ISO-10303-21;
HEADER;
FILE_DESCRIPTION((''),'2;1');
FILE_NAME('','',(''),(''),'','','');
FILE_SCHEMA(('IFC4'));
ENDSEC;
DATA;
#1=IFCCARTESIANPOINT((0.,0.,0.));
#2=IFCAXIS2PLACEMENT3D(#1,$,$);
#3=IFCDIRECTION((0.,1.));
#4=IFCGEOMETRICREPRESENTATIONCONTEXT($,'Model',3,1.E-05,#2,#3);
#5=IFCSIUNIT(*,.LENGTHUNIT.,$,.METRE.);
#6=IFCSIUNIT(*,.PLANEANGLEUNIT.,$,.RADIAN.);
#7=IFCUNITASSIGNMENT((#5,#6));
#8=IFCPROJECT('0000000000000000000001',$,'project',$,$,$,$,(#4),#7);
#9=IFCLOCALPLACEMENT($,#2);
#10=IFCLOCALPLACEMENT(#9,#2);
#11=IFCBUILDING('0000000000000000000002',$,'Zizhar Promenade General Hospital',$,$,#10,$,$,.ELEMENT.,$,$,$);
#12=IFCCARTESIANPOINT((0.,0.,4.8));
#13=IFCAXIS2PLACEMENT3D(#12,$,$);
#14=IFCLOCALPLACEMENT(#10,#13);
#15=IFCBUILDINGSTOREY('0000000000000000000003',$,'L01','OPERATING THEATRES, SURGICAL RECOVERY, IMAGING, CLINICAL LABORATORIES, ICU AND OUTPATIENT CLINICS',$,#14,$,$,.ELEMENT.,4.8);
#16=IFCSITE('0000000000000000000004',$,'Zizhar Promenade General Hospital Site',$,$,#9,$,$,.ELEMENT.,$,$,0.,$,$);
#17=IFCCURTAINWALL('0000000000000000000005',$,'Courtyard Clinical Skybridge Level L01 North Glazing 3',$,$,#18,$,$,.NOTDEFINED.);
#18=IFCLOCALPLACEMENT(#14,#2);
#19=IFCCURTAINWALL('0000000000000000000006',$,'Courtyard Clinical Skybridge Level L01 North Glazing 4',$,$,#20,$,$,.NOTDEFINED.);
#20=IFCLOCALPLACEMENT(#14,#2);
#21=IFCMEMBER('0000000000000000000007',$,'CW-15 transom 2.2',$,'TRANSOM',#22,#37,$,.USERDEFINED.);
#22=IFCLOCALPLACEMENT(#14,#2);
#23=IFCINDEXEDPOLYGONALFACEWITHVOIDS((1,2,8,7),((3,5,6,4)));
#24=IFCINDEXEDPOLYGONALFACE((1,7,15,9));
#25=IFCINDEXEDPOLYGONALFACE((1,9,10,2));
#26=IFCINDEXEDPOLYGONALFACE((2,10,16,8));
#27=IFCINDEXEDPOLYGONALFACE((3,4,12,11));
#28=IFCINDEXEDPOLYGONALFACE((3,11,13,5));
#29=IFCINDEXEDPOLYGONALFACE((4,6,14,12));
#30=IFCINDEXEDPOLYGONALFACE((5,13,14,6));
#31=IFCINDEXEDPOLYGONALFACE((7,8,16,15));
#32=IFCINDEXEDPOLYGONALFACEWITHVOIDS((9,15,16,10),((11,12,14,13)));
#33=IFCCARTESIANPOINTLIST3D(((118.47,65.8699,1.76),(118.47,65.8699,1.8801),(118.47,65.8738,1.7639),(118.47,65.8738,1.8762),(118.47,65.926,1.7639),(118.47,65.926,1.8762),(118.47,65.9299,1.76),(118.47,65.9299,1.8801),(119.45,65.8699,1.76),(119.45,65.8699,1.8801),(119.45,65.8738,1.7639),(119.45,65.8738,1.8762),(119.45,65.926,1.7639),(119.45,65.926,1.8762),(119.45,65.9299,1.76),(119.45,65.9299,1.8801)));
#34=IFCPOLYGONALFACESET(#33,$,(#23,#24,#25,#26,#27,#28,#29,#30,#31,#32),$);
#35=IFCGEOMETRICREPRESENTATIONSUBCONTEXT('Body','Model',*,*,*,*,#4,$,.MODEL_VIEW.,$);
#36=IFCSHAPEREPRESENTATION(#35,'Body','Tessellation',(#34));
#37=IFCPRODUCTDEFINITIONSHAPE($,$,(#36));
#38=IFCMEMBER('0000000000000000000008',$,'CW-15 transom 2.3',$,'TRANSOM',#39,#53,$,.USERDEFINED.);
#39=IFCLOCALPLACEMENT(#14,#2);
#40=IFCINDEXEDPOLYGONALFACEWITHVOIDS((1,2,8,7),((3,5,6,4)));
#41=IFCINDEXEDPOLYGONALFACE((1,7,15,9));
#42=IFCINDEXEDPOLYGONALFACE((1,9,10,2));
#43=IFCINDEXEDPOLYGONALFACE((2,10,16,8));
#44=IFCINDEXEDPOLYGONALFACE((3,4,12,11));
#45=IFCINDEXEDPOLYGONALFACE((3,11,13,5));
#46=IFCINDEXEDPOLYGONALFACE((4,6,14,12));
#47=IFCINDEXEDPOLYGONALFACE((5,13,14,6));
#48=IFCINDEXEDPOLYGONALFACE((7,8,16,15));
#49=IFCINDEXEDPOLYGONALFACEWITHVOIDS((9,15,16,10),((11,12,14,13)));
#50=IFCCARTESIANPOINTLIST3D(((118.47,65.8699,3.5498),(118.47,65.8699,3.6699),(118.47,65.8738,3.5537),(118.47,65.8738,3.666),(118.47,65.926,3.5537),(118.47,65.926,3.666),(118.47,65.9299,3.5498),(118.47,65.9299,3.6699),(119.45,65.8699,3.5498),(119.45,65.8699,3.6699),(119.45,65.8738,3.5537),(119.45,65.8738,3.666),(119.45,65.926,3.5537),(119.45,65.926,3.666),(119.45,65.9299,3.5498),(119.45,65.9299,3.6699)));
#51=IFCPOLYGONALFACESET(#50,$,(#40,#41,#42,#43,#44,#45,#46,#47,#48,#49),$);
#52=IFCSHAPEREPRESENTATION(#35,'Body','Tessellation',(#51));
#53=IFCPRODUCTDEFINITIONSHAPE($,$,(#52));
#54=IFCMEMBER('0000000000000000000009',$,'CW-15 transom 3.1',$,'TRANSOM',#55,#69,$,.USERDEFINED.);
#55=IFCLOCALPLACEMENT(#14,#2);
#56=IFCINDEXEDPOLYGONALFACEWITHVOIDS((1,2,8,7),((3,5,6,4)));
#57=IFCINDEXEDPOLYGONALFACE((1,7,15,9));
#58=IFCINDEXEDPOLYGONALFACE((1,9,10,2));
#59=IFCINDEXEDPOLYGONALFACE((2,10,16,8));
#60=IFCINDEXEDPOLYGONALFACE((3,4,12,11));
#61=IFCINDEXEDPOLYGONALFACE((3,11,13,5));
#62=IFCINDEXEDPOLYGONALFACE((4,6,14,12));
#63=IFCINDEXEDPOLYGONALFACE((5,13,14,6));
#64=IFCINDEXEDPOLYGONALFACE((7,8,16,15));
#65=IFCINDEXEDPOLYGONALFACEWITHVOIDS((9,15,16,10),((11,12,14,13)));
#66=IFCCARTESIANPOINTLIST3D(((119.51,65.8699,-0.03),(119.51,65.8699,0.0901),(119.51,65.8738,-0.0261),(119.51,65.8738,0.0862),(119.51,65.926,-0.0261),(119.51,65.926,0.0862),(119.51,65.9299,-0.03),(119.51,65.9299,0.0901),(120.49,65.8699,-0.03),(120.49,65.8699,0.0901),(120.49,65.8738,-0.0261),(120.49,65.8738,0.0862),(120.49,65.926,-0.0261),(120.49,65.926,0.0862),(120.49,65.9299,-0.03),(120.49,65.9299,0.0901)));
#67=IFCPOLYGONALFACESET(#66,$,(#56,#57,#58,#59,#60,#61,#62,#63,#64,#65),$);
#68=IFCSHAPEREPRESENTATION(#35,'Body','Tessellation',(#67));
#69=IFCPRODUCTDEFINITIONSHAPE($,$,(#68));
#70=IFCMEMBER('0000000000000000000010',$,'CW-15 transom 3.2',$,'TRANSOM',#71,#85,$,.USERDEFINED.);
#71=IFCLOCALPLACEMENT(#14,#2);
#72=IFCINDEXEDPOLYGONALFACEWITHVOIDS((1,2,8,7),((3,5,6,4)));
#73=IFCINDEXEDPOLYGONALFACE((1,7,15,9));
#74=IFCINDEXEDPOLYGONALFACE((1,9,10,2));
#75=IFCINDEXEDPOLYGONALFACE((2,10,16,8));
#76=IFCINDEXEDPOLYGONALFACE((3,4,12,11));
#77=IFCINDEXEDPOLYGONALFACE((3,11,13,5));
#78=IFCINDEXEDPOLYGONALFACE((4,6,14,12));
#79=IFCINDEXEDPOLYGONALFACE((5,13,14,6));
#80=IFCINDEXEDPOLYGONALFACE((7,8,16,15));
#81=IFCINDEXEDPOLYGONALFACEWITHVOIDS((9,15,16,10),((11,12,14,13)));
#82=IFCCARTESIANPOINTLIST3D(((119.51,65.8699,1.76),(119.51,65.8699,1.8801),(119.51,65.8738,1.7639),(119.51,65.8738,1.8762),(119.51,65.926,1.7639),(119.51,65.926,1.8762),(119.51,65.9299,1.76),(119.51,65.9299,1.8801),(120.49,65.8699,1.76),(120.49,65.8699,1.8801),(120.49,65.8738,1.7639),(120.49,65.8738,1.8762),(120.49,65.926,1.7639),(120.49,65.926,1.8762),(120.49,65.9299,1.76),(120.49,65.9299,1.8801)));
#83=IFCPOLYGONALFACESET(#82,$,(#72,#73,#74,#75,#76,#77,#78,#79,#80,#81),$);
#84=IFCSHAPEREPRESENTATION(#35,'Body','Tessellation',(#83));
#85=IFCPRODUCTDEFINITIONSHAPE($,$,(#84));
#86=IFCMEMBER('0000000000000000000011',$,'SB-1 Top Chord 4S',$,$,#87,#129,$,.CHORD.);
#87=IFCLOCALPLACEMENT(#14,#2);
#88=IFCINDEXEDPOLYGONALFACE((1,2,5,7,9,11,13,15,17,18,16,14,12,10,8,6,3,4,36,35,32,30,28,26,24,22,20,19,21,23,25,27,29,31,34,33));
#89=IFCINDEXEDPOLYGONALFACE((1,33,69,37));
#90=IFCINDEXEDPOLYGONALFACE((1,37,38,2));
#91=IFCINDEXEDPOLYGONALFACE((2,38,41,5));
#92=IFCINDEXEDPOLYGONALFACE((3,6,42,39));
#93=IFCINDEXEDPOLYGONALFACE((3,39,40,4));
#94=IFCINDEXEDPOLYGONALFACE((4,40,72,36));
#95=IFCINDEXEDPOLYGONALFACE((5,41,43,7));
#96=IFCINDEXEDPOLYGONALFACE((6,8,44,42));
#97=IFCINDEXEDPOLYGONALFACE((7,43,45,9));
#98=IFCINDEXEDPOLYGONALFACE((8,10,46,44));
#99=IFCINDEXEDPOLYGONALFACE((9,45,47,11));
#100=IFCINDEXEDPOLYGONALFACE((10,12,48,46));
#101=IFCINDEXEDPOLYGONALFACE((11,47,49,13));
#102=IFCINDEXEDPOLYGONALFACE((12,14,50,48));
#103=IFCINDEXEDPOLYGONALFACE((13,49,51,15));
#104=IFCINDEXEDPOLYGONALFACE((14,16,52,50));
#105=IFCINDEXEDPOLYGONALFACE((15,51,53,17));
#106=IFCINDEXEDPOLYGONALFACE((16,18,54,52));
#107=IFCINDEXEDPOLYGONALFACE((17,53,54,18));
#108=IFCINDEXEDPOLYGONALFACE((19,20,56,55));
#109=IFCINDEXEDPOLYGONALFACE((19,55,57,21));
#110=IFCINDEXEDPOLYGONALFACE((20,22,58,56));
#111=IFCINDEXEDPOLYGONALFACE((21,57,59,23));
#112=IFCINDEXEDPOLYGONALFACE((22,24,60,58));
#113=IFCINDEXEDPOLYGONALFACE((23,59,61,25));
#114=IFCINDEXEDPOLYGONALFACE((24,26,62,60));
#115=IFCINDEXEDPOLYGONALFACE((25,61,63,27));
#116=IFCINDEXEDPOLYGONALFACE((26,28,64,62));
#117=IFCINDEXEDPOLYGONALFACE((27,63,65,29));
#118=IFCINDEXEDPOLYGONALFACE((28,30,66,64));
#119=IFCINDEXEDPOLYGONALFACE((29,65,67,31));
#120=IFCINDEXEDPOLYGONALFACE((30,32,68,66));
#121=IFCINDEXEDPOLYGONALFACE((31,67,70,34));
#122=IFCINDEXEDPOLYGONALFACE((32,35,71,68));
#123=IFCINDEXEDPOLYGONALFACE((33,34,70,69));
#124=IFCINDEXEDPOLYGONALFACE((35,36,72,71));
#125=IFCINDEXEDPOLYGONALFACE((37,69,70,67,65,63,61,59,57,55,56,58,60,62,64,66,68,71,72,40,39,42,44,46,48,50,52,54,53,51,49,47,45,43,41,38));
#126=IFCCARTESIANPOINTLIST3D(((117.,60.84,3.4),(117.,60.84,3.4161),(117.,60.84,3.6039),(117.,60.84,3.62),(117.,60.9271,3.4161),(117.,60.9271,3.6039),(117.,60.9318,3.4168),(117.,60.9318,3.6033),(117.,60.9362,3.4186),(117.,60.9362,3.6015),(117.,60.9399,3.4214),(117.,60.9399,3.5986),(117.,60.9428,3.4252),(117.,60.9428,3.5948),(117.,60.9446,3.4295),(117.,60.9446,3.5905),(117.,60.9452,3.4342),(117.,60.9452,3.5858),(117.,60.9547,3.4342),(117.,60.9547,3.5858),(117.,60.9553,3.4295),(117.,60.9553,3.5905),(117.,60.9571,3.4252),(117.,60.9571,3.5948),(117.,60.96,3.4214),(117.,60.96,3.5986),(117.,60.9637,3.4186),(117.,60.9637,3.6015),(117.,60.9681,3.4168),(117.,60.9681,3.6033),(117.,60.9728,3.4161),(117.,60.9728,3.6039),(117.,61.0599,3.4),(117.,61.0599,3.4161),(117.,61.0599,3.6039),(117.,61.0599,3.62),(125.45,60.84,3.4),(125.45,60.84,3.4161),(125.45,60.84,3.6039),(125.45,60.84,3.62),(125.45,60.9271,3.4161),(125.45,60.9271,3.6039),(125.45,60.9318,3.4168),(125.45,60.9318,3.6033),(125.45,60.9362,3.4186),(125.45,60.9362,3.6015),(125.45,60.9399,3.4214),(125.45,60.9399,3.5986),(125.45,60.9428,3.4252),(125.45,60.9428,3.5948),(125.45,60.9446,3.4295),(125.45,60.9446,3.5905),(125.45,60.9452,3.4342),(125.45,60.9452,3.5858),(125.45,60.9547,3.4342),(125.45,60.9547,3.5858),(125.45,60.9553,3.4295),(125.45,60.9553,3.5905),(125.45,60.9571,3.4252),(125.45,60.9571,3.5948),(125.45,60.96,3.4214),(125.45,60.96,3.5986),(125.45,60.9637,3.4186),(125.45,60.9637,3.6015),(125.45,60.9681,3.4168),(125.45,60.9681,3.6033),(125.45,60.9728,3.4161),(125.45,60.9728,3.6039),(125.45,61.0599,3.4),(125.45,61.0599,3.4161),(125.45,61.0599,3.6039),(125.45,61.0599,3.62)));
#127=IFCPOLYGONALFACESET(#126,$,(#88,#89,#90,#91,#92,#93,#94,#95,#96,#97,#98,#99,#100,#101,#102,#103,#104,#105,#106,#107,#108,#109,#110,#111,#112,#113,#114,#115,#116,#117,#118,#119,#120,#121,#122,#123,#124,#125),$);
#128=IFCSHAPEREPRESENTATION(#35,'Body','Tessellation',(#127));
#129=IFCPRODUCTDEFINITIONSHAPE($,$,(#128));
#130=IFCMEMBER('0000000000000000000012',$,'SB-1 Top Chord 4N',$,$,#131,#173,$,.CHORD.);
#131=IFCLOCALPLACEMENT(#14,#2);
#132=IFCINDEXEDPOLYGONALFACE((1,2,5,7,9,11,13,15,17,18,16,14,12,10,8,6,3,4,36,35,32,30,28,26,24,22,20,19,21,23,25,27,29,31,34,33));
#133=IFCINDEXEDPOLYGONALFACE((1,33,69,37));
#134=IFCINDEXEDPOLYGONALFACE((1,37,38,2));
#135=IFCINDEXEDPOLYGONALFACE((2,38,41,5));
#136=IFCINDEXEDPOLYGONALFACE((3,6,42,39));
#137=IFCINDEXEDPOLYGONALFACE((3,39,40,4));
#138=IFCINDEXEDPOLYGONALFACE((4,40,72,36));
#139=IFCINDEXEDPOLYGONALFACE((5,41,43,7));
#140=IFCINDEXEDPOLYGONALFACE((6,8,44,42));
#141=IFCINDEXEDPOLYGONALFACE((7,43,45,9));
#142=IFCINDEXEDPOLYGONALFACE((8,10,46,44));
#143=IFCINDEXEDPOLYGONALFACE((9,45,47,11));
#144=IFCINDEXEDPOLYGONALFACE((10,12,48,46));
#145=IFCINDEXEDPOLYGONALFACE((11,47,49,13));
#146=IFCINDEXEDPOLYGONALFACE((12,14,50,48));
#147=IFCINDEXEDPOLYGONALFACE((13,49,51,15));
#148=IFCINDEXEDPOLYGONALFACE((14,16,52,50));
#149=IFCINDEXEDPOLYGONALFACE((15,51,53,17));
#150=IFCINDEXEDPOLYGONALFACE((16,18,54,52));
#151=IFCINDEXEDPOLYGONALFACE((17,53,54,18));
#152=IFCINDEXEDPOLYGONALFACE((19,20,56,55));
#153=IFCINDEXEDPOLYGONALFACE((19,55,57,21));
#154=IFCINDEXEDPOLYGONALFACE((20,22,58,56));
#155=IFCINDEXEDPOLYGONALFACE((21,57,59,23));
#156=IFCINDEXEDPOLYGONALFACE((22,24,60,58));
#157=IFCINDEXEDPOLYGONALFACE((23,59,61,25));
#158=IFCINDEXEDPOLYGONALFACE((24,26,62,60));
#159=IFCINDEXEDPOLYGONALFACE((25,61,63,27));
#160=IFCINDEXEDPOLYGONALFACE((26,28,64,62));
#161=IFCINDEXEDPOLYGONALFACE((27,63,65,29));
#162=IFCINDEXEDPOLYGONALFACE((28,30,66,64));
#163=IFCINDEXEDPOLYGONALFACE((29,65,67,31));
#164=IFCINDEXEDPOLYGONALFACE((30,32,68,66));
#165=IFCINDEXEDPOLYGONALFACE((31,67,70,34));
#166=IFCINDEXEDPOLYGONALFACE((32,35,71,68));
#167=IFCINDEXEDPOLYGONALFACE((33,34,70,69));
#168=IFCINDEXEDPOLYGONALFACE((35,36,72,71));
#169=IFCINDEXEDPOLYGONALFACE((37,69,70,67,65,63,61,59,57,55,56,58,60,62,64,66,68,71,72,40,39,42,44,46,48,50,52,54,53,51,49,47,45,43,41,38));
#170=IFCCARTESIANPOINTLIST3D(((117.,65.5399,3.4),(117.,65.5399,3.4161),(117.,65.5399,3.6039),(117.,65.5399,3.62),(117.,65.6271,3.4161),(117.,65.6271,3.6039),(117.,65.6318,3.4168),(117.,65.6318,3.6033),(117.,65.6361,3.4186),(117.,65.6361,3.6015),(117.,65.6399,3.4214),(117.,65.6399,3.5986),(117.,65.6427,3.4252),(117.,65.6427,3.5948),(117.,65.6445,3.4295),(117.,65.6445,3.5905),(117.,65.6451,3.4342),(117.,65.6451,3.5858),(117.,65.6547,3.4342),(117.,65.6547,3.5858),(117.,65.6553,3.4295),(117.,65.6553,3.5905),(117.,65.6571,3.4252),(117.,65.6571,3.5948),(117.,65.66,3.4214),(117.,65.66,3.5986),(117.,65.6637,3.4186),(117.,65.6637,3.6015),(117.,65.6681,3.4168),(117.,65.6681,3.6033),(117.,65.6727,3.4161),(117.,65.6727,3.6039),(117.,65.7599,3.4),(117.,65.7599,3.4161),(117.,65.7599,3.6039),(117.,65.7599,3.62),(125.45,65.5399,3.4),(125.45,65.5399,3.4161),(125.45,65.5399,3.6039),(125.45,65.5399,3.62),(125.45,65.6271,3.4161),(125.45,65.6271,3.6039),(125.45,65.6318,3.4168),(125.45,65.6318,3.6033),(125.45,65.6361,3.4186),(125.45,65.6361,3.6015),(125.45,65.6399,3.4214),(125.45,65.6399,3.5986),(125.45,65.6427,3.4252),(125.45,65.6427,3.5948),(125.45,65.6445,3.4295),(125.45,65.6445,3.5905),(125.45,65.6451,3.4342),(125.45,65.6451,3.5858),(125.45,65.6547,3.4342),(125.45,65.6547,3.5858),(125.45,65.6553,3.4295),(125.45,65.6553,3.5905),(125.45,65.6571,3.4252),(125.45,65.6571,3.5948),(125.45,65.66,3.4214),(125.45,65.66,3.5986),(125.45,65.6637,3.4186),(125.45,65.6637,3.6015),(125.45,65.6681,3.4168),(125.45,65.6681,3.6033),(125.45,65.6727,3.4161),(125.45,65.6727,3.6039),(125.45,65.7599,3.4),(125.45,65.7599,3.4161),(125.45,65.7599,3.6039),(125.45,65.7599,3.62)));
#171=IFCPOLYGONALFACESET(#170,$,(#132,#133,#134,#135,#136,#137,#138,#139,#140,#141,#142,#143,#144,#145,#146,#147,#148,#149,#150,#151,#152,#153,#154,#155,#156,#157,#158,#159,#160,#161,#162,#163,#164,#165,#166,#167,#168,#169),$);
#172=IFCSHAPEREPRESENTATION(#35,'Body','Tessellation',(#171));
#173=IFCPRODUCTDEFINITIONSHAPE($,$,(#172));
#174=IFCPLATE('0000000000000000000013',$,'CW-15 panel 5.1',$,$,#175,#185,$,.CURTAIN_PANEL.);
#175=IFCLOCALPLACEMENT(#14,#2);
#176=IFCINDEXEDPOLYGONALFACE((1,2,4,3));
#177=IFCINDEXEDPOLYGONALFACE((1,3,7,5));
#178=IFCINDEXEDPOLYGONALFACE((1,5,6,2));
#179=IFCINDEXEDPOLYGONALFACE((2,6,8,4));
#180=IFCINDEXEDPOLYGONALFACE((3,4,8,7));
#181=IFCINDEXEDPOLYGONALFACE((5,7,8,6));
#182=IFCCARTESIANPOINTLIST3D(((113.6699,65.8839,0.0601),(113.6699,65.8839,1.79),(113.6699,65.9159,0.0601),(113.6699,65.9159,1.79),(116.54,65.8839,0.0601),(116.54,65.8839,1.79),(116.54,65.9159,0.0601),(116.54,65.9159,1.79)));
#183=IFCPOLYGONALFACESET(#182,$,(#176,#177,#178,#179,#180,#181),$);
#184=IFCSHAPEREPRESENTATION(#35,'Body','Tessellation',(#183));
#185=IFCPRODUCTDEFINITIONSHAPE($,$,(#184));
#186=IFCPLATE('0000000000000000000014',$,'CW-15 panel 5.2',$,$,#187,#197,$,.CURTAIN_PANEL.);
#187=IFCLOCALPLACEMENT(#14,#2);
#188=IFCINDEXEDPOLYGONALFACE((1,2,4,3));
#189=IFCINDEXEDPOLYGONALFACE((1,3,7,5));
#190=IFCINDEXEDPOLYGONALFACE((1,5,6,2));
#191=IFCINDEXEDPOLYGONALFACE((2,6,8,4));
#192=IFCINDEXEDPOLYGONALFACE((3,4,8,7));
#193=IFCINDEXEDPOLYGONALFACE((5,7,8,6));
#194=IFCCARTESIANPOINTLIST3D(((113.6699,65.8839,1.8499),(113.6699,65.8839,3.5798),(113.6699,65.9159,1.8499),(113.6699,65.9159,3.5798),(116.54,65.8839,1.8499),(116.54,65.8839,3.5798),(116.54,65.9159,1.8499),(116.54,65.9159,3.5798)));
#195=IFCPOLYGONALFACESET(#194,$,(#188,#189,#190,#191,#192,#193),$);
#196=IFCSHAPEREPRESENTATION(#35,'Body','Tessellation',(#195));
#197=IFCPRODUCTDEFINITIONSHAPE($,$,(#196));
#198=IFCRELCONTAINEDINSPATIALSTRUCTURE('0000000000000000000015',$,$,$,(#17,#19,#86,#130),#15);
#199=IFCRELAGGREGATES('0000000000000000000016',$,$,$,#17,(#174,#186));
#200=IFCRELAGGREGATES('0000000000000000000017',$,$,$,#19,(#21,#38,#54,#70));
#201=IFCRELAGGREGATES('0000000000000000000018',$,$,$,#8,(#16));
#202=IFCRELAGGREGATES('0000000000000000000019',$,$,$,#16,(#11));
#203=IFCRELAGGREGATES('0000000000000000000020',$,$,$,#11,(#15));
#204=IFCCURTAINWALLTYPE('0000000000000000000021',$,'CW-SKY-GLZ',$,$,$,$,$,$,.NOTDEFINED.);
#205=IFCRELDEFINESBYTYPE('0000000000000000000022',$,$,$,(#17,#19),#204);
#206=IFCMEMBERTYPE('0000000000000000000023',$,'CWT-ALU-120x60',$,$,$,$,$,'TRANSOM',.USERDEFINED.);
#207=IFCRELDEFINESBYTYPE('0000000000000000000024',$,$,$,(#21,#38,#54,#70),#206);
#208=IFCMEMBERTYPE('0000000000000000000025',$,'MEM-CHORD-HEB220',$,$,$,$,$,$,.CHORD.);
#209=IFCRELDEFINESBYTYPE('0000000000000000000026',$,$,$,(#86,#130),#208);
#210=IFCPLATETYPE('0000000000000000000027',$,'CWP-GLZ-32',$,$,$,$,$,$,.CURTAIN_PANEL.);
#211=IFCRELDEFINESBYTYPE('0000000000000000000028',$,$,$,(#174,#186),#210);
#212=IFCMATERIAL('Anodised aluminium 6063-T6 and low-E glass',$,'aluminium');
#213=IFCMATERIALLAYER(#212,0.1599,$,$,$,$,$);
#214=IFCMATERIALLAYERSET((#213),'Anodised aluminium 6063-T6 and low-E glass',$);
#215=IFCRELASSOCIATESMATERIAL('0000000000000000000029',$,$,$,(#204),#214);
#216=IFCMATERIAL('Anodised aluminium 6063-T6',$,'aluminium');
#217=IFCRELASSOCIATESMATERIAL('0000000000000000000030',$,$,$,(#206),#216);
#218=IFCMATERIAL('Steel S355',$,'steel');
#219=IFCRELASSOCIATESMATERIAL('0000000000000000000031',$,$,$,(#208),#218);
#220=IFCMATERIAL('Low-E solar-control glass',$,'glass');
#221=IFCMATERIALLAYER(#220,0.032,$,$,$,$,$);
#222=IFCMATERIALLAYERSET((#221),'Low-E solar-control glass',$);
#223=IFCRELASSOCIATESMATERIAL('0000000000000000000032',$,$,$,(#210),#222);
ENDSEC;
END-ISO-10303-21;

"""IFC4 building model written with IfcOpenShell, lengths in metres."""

from ifc_helpers import new_model, si_unit, direction, frame, origin, origin_2d, place, context, subcontext, project, spatial, rectangle, hollow_rectangle, i_section, extrude, material, layer, layer_set, material_profile, profile_set, type_object, element, aggregate, save


model = new_model("IFC4")

# Units and contexts
model_context = context("Model", 3, precision=1e-05, world=origin(), true_north=direction((0.0, 1.0)))
body_context = subcontext(model_context, "Body", "Model", "MODEL_VIEW")
ifc_project = project(units=[si_unit("LENGTHUNIT", "METRE"), si_unit("PLANEANGLEUNIT", "RADIAN")], contexts=[model_context])

# Site, building, storey
site_placement = place(None, origin())
site = spatial("IfcSite", under=ifc_project, at=site_placement, Name="Zizhar Promenade General Hospital Site", CompositionType="ELEMENT", RefElevation=0.0)
building_placement = place(site_placement, origin())
building = spatial("IfcBuilding", under=site, at=building_placement, Name="Zizhar Promenade General Hospital", CompositionType="ELEMENT")
storey_placement = place(building_placement, frame((0.0, 0.0, 4.8)))
storey = spatial("IfcBuildingStorey", under=building, at=storey_placement, Name="L01", Description="OPERATING THEATRES, SURGICAL RECOVERY, IMAGING, CLINICAL LABORATORIES, ICU AND OUTPATIENT CLINICS", CompositionType="ELEMENT", Elevation=4.8)

# Curtain wall
ifc_material_1 = material(Name="Anodised aluminium 6063-T6 and low-E glass", Category="aluminium")
ifc_layer_1 = layer(ifc_material_1, 0.1599)
ifc_layer_set_1 = layer_set([ifc_layer_1], Name="Anodised aluminium 6063-T6 and low-E glass")
curtain_wall_type = type_object("IfcCurtainWallType", Name="CW-SKY-GLZ", PredefinedType="NOTDEFINED", material=ifc_layer_set_1)
curtain_wall_1_placement = place(storey_placement, origin())
curtain_wall_1 = element("IfcCurtainWall", 1, at=curtain_wall_1_placement, inside=storey, type_object=curtain_wall_type, Name="Courtyard Clinical Skybridge Level L01 North Glazing 3", PredefinedType="NOTDEFINED")

# Curtain wall, members
curtain_wall_2_placement = place(storey_placement, origin())
curtain_wall_2 = element("IfcCurtainWall", 2, at=curtain_wall_2_placement, inside=storey, type_object=curtain_wall_type, Name="Courtyard Clinical Skybridge Level L01 North Glazing 4", PredefinedType="NOTDEFINED")
ifc_material_2 = material(Name="Anodised aluminium 6063-T6", Category="aluminium")
ifc_material_profile_1 = material_profile(ifc_material_2, hollow_rectangle(XDim=0.0601, YDim=0.1201, WallThickness=0.0039, at=origin_2d()))
ifc_profile_set_1 = profile_set([ifc_material_profile_1], Name="Anodised aluminium 6063-T6")
member_type_1 = type_object("IfcMemberType", Name="CWT-ALU-120x60", ElementType="TRANSOM", PredefinedType="USERDEFINED", material=ifc_profile_set_1)
member_1_placement = place(storey_placement, frame((118.47, 65.8999, 1.8201), z_axis=(1.0, 0.0, 0.0), x_axis=(0.0, 1.0, 0.0)))
member_1 = element("IfcMember", 3, at=member_1_placement, type_object=member_type_1, Name="CW-15 transom 2.2", ObjectType="TRANSOM", PredefinedType="USERDEFINED", context=body_context, shape_type="SweptSolid", body=[
    extrude(hollow_rectangle(XDim=0.0601, YDim=0.1201, WallThickness=0.0039, at=origin_2d()), origin(), (0.0, 0.0, 1.0), 0.98),
])
member_2_placement = place(storey_placement, frame((118.47, 65.8999, 3.6099), z_axis=(1.0, 0.0, 0.0), x_axis=(0.0, 1.0, 0.0)))
member_2 = element("IfcMember", 4, at=member_2_placement, type_object=member_type_1, Name="CW-15 transom 2.3", ObjectType="TRANSOM", PredefinedType="USERDEFINED", context=body_context, shape_type="SweptSolid", body=[
    extrude(hollow_rectangle(XDim=0.0601, YDim=0.1201, WallThickness=0.0039, at=origin_2d()), origin(), (0.0, 0.0, 1.0), 0.98),
])
member_3_placement = place(storey_placement, frame((119.51, 65.8999, 0.03), z_axis=(1.0, 0.0, 0.0), x_axis=(0.0, 1.0, 0.0)))
member_3 = element("IfcMember", 5, at=member_3_placement, type_object=member_type_1, Name="CW-15 transom 3.1", ObjectType="TRANSOM", PredefinedType="USERDEFINED", context=body_context, shape_type="SweptSolid", body=[
    extrude(hollow_rectangle(XDim=0.0601, YDim=0.1201, WallThickness=0.0039, at=origin_2d()), origin(), (0.0, 0.0, 1.0), 0.98),
])
member_4_placement = place(storey_placement, frame((119.51, 65.8999, 1.8201), z_axis=(1.0, 0.0, 0.0), x_axis=(0.0, 1.0, 0.0)))
member_4 = element("IfcMember", 6, at=member_4_placement, type_object=member_type_1, Name="CW-15 transom 3.2", ObjectType="TRANSOM", PredefinedType="USERDEFINED", context=body_context, shape_type="SweptSolid", body=[
    extrude(hollow_rectangle(XDim=0.0601, YDim=0.1201, WallThickness=0.0039, at=origin_2d()), origin(), (0.0, 0.0, 1.0), 0.98),
])

# Members
ifc_material_3 = material(Name="Steel S355", Category="steel")
ifc_material_profile_2 = material_profile(ifc_material_3, i_section(OverallWidth=0.22, OverallDepth=0.22, WebThickness=0.0095, FlangeThickness=0.0161, FilletRadius=0.0181, at=origin_2d()))
ifc_profile_set_2 = profile_set([ifc_material_profile_2], Name="Steel S355")
member_type_2 = type_object("IfcMemberType", Name="MEM-CHORD-HEB220", PredefinedType="CHORD", material=ifc_profile_set_2)
for number, where, z_axis, x_axis, name in (
    (7, (117.0, 60.95, 3.51), (1.0, 0.0, 0.0), (0.0, 1.0, 0.0), "SB-1 Top Chord 4S"),
    (8, (117.0, 65.6499, 3.51), (1.0, 0.0, 0.0), (0.0, 1.0, 0.0), "SB-1 Top Chord 4N"),
):
    element("IfcMember", number, at=place(storey_placement, frame(where, z_axis=z_axis, x_axis=x_axis)), inside=storey, type_object=member_type_2, Name=name, PredefinedType="CHORD", context=body_context, shape_type="SweptSolid", body=[
        extrude(i_section(OverallWidth=0.22, OverallDepth=0.22, WebThickness=0.0095, FlangeThickness=0.0161, FilletRadius=0.0181, at=origin_2d()), origin(), (0.0, 0.0, 1.0), 8.45),
    ])

# Plates
ifc_material_4 = material(Name="Low-E solar-control glass", Category="glass")
ifc_layer_2 = layer(ifc_material_4, 0.032)
ifc_layer_set_2 = layer_set([ifc_layer_2], Name="Low-E solar-control glass")
plate_type = type_object("IfcPlateType", Name="CWP-GLZ-32", PredefinedType="CURTAIN_PANEL", material=ifc_layer_set_2)
plate_1_placement = place(storey_placement, frame((115.105, 65.8999, 0.0601), z_axis=(0.0, 0.0, 1.0), x_axis=(1.0, 0.0, 0.0)))
plate_1 = element("IfcPlate", 9, at=plate_1_placement, type_object=plate_type, Name="CW-15 panel 5.1", PredefinedType="CURTAIN_PANEL", context=body_context, shape_type="SweptSolid", body=[
    extrude(rectangle(XDim=2.8701, YDim=0.032, at=origin_2d()), origin(), (0.0, 0.0, 1.0), 1.73),
])
plate_2_placement = place(storey_placement, frame((115.105, 65.8999, 1.8499), z_axis=(0.0, 0.0, 1.0), x_axis=(1.0, 0.0, 0.0)))
plate_2 = element("IfcPlate", 10, at=plate_2_placement, type_object=plate_type, Name="CW-15 panel 5.2", PredefinedType="CURTAIN_PANEL", context=body_context, shape_type="SweptSolid", body=[
    extrude(rectangle(XDim=2.8701, YDim=0.032, at=origin_2d()), origin(), (0.0, 0.0, 1.0), 1.73),
])
aggregate(curtain_wall_1, [plate_1, plate_2])
aggregate(curtain_wall_2, [member_1, member_2, member_3, member_4])

save(model, "model.ifc")
